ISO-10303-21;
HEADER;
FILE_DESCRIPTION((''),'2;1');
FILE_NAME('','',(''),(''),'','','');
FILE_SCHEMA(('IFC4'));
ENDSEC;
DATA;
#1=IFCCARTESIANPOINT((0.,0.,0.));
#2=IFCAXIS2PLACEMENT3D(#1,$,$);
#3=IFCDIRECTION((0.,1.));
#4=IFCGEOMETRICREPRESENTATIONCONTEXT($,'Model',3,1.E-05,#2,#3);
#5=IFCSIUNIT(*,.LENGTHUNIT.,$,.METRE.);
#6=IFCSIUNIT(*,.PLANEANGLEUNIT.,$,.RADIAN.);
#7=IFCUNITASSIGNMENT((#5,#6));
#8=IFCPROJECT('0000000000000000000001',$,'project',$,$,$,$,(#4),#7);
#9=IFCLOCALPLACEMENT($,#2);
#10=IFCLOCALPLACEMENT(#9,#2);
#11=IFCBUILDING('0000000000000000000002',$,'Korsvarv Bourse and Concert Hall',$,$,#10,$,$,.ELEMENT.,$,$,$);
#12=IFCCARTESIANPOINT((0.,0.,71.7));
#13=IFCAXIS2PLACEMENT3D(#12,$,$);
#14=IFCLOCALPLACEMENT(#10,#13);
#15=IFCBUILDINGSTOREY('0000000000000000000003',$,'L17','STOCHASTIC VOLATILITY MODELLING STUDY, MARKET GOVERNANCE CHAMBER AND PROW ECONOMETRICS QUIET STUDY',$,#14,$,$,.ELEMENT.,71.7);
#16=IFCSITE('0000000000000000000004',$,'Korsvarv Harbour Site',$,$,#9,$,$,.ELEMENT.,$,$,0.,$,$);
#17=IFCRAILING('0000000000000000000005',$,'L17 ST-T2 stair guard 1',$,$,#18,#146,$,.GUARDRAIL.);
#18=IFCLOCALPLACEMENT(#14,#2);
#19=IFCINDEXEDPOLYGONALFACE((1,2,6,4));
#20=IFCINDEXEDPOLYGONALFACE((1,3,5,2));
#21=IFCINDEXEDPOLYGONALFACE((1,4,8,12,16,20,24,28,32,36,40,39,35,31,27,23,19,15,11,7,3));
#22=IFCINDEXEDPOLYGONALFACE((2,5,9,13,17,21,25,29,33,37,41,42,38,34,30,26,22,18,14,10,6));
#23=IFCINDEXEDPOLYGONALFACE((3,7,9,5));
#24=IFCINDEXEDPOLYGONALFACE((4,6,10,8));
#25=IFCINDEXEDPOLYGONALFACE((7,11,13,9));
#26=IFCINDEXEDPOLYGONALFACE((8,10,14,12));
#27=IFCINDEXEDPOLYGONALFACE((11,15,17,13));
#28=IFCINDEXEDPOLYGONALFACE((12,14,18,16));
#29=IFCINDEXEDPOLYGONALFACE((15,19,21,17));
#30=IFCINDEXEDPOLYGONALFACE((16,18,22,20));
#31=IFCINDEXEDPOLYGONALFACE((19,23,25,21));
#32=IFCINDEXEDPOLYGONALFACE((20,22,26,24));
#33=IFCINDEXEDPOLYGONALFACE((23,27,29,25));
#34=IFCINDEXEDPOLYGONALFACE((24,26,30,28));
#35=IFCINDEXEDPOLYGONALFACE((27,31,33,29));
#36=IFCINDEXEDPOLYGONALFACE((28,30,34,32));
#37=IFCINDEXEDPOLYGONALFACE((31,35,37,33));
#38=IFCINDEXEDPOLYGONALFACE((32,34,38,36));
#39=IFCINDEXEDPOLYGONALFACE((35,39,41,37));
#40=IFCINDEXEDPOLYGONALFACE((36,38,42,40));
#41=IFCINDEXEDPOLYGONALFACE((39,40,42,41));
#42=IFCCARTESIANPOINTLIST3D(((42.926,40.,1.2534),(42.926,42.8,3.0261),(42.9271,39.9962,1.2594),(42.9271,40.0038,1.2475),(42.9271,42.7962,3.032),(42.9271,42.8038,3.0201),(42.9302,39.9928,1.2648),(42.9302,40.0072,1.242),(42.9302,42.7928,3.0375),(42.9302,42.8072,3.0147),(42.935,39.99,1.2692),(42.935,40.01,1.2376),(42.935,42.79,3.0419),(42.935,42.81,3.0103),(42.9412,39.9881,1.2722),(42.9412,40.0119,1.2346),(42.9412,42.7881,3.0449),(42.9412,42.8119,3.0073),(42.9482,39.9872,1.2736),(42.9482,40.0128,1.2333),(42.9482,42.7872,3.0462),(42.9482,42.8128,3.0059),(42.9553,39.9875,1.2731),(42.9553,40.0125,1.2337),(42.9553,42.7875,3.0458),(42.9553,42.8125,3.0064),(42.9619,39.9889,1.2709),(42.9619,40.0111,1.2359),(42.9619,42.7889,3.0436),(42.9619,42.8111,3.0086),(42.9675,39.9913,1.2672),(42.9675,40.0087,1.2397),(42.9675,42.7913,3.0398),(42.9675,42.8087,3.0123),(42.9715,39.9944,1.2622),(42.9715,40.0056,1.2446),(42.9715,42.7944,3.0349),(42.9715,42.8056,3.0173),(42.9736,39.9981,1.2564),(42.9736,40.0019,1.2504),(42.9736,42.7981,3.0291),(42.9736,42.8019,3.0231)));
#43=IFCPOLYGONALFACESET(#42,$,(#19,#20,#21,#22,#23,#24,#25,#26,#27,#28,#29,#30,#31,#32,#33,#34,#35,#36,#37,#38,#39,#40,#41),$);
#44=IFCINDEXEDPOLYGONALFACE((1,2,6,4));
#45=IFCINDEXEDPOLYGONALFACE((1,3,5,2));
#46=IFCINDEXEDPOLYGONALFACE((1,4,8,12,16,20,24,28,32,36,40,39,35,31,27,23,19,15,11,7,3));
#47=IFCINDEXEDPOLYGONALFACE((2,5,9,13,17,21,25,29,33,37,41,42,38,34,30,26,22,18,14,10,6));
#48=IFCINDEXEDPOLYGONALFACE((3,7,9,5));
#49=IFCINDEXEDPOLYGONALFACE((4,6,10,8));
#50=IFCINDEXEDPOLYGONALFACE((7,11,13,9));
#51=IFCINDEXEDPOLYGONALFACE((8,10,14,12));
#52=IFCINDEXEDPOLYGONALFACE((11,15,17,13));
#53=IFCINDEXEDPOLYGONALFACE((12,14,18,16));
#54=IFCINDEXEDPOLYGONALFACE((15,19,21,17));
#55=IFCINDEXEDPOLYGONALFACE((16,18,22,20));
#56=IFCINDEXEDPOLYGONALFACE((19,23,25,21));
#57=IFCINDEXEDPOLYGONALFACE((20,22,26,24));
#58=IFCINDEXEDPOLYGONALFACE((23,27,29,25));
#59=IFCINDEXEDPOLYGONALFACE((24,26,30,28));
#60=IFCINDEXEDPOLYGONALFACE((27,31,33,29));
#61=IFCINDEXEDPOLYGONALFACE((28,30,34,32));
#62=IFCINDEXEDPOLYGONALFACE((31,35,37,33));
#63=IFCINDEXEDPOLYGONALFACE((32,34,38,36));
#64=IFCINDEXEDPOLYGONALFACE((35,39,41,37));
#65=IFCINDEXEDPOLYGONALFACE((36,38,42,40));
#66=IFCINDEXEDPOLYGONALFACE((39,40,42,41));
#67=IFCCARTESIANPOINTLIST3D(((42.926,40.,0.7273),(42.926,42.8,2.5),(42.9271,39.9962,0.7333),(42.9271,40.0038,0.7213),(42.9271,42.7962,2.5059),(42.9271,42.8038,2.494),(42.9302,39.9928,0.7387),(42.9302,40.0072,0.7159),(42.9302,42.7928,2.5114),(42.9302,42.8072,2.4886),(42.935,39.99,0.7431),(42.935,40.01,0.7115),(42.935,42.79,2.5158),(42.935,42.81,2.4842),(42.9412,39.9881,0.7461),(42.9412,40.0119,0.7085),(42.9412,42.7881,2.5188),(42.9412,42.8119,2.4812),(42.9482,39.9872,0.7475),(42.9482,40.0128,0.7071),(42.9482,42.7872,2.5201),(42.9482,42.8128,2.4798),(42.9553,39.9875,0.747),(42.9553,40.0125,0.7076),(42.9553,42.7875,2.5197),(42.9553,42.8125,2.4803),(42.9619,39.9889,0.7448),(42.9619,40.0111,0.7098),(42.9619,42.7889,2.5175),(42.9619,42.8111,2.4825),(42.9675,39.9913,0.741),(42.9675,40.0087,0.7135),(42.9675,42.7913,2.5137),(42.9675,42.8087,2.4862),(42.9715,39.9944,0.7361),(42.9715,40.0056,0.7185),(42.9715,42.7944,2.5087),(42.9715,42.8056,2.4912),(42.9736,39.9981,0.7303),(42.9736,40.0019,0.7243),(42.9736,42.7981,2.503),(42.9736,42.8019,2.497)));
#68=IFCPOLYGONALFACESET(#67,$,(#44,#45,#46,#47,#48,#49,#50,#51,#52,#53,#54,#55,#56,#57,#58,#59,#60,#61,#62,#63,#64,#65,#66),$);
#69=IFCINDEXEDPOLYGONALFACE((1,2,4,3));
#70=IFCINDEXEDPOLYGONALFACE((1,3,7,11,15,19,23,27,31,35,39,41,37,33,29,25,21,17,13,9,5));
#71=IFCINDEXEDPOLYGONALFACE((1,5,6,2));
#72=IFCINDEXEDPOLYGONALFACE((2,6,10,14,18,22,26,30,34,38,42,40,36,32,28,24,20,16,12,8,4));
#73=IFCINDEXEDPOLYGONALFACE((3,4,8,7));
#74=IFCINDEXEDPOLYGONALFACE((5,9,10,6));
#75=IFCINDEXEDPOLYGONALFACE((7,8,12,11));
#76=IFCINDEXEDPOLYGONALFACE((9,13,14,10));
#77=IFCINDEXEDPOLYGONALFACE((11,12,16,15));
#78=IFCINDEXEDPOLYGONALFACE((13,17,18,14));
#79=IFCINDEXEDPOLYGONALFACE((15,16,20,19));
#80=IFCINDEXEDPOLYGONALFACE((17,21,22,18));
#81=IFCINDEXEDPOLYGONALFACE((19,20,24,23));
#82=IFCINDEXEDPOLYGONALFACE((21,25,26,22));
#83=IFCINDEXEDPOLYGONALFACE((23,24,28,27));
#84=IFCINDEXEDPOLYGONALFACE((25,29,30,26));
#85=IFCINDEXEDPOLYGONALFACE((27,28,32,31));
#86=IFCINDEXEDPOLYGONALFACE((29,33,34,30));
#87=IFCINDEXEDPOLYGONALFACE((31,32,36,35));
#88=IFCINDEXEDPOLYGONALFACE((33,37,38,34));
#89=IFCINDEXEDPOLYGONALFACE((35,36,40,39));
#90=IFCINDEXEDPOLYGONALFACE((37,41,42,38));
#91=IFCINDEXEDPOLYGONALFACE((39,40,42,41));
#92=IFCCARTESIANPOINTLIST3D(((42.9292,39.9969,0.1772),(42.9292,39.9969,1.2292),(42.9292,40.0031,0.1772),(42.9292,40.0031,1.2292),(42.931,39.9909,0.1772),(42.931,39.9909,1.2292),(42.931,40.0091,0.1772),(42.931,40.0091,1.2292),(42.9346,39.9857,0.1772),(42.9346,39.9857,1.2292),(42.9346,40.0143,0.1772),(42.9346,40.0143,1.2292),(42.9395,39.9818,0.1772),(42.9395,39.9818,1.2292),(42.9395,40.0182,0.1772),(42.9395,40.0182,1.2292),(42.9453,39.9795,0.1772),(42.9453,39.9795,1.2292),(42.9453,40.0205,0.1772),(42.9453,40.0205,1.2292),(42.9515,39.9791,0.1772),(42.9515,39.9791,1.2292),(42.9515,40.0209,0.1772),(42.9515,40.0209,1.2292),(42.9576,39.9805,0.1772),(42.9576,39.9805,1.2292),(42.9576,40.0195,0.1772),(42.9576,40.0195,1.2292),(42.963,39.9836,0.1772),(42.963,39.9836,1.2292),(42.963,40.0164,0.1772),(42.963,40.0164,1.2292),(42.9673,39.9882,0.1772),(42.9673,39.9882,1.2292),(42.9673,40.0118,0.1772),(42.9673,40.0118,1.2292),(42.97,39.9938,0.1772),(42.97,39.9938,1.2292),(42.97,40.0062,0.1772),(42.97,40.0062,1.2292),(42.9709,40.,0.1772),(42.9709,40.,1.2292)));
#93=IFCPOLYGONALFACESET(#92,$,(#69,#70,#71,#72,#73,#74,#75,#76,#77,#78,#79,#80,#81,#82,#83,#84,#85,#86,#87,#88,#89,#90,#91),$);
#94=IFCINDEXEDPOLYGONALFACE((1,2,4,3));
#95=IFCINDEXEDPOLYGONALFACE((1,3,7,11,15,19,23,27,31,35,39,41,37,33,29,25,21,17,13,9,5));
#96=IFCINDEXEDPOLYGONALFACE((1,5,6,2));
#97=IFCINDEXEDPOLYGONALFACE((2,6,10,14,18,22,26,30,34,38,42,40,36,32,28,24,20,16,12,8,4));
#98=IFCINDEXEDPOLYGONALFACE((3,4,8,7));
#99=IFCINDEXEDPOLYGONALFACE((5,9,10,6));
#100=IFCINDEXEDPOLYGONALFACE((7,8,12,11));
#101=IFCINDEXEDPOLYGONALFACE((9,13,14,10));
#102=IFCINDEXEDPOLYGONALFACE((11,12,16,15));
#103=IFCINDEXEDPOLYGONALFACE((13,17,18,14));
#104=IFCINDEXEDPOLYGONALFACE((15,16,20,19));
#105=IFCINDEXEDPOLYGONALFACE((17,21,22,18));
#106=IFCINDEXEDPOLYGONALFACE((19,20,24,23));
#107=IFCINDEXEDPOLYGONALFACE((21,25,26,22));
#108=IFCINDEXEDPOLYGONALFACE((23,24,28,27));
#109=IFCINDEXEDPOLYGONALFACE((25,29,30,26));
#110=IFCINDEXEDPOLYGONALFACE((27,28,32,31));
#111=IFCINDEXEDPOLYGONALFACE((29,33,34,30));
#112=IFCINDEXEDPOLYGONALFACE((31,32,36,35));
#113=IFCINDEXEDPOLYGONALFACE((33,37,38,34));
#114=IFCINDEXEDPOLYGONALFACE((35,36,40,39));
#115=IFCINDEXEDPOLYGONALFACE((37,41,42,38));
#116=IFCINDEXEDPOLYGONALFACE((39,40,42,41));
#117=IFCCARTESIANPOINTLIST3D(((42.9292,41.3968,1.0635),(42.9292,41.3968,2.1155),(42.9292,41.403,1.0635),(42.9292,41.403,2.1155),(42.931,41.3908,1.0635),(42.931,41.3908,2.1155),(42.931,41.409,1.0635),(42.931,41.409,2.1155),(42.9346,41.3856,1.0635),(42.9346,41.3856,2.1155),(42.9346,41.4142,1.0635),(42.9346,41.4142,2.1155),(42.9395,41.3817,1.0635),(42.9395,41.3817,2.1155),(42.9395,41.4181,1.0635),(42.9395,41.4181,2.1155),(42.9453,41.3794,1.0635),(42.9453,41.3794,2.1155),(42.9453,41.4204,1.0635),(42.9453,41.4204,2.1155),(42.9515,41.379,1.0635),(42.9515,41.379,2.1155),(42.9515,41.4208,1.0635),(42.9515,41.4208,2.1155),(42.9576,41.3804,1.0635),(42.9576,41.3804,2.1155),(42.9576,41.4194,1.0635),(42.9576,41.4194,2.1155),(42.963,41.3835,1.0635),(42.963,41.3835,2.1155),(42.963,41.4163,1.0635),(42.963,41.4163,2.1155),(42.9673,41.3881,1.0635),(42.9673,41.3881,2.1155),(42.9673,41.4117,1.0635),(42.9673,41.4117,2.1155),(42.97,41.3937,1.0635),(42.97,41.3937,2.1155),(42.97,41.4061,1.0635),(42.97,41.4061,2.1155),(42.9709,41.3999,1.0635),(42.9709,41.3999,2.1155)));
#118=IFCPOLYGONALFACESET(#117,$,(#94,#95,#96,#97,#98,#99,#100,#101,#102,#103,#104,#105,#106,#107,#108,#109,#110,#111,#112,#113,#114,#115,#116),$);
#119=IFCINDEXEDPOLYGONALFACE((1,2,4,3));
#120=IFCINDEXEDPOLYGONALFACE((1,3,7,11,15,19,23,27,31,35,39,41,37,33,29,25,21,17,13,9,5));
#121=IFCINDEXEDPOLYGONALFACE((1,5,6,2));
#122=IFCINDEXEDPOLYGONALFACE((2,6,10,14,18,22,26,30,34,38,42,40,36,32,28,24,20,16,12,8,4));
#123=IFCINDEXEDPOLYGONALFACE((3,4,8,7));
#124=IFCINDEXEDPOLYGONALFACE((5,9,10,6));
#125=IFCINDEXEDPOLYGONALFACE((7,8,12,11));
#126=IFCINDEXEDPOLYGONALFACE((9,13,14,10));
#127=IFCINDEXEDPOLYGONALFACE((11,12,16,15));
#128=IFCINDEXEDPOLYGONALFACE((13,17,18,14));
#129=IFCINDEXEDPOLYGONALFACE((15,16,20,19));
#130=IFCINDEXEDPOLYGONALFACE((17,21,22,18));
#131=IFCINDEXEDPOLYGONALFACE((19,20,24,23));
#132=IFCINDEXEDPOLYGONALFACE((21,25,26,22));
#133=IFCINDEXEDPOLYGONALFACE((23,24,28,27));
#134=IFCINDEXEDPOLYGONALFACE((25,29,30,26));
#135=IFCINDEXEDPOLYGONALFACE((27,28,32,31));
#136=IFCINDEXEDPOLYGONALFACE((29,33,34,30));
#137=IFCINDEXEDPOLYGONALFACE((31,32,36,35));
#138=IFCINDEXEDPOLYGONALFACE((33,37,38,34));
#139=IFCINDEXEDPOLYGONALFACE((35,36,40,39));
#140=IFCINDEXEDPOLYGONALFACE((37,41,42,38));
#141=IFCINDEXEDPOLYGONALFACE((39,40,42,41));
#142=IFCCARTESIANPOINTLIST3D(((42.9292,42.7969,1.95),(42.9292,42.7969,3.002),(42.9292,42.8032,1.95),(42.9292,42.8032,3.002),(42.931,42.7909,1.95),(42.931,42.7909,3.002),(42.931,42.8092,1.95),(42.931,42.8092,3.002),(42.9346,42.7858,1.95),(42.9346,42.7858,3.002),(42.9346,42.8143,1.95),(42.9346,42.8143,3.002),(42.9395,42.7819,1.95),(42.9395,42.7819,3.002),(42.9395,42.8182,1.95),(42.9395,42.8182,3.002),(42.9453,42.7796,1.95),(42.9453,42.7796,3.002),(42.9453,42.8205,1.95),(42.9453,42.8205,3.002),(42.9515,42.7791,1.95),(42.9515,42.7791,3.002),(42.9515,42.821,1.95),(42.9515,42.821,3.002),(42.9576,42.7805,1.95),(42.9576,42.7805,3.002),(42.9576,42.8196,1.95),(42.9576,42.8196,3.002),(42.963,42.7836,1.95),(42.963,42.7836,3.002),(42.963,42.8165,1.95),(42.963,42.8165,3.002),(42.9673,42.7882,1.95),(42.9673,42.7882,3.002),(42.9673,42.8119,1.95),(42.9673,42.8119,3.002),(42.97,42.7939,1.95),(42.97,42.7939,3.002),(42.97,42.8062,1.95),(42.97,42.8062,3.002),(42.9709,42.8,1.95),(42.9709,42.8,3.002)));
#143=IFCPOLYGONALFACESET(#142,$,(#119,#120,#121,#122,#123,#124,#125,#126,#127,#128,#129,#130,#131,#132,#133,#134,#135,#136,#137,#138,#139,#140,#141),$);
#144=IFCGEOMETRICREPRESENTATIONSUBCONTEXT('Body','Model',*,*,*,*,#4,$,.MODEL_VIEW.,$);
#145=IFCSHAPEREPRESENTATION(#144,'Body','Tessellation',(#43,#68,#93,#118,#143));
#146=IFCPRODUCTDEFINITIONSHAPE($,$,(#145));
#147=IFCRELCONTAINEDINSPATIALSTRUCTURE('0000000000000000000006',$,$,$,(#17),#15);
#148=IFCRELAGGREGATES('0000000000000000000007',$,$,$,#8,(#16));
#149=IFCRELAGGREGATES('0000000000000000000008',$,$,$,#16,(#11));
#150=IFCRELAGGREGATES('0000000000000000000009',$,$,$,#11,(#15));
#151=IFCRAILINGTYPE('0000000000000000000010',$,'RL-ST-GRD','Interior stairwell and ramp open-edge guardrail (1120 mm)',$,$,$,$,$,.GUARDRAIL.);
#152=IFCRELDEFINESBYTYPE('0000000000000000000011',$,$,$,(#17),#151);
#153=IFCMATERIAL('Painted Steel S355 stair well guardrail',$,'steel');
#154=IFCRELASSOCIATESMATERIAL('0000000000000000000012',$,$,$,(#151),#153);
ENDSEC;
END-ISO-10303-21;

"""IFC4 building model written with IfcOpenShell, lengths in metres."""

from ifc_helpers import new_model, si_unit, direction, frame, origin, origin_2d, place, context, subcontext, project, spatial, circle, extrude, material, type_object, element, save


model = new_model("IFC4")

# Units and contexts
model_context = context("Model", 3, precision=1e-05, world=origin(), true_north=direction((0.0, 1.0)))
body_context = subcontext(model_context, "Body", "Model", "MODEL_VIEW")
ifc_project = project(units=[si_unit("LENGTHUNIT", "METRE"), si_unit("PLANEANGLEUNIT", "RADIAN")], contexts=[model_context])

# Site, building, storey
site_placement = place(None, origin())
site = spatial("IfcSite", under=ifc_project, at=site_placement, Name="Korsvarv Harbour Site", CompositionType="ELEMENT", RefElevation=0.0)
building_placement = place(site_placement, origin())
building = spatial("IfcBuilding", under=site, at=building_placement, Name="Korsvarv Bourse and Concert Hall", CompositionType="ELEMENT")
storey_placement = place(building_placement, frame((0.0, 0.0, 71.7)))
storey = spatial("IfcBuildingStorey", under=building, at=storey_placement, Name="L17", Description="STOCHASTIC VOLATILITY MODELLING STUDY, MARKET GOVERNANCE CHAMBER AND PROW ECONOMETRICS QUIET STUDY", CompositionType="ELEMENT", Elevation=71.7)

# Railing
ifc_material_1 = material(Name="Painted Steel S355 stair well guardrail", Category="steel")
railing_type_1 = type_object("IfcRailingType", Name="RL-ST-GRD", Description="Interior stairwell and ramp open-edge guardrail (1120 mm)", PredefinedType="GUARDRAIL", material=ifc_material_1)
railing_1_placement = place(storey_placement, frame((42.95, 40.0, 0.1772)))
element("IfcRailing", 1, at=railing_1_placement, inside=storey, type_object=railing_type_1, Name="L17 ST-T2 stair guard 1", PredefinedType="GUARDRAIL", context=body_context, shape_type="SweptSolid", body=[
    extrude(circle(Radius=0.0239, at=origin_2d()), frame((0.0, 0.0, 1.0762), z_axis=(0.0, 0.844909, 0.53491), x_axis=(-1.0, 0.0, 0.0)), (0.0, 0.0, 1.0), 3.314),
    extrude(circle(Radius=0.0239, at=origin_2d()), frame((0.0, 0.0, 0.55), z_axis=(0.0, 0.844909, 0.53491), x_axis=(-1.0, 0.0, 0.0)), (0.0, 0.0, 1.0), 3.314),
    extrude(circle(Radius=0.021, at=origin_2d()), origin(), (0.0, 0.0, 1.0), 1.052),
    extrude(circle(Radius=0.021, at=origin_2d()), frame((0.0, 1.3999, 0.8862)), (0.0, 0.0, 1.0), 1.052),
    extrude(circle(Radius=0.021, at=origin_2d()), frame((0.0, 2.8, 1.7727)), (0.0, 0.0, 1.0), 1.052),
])

save(model, "model.ifc")
